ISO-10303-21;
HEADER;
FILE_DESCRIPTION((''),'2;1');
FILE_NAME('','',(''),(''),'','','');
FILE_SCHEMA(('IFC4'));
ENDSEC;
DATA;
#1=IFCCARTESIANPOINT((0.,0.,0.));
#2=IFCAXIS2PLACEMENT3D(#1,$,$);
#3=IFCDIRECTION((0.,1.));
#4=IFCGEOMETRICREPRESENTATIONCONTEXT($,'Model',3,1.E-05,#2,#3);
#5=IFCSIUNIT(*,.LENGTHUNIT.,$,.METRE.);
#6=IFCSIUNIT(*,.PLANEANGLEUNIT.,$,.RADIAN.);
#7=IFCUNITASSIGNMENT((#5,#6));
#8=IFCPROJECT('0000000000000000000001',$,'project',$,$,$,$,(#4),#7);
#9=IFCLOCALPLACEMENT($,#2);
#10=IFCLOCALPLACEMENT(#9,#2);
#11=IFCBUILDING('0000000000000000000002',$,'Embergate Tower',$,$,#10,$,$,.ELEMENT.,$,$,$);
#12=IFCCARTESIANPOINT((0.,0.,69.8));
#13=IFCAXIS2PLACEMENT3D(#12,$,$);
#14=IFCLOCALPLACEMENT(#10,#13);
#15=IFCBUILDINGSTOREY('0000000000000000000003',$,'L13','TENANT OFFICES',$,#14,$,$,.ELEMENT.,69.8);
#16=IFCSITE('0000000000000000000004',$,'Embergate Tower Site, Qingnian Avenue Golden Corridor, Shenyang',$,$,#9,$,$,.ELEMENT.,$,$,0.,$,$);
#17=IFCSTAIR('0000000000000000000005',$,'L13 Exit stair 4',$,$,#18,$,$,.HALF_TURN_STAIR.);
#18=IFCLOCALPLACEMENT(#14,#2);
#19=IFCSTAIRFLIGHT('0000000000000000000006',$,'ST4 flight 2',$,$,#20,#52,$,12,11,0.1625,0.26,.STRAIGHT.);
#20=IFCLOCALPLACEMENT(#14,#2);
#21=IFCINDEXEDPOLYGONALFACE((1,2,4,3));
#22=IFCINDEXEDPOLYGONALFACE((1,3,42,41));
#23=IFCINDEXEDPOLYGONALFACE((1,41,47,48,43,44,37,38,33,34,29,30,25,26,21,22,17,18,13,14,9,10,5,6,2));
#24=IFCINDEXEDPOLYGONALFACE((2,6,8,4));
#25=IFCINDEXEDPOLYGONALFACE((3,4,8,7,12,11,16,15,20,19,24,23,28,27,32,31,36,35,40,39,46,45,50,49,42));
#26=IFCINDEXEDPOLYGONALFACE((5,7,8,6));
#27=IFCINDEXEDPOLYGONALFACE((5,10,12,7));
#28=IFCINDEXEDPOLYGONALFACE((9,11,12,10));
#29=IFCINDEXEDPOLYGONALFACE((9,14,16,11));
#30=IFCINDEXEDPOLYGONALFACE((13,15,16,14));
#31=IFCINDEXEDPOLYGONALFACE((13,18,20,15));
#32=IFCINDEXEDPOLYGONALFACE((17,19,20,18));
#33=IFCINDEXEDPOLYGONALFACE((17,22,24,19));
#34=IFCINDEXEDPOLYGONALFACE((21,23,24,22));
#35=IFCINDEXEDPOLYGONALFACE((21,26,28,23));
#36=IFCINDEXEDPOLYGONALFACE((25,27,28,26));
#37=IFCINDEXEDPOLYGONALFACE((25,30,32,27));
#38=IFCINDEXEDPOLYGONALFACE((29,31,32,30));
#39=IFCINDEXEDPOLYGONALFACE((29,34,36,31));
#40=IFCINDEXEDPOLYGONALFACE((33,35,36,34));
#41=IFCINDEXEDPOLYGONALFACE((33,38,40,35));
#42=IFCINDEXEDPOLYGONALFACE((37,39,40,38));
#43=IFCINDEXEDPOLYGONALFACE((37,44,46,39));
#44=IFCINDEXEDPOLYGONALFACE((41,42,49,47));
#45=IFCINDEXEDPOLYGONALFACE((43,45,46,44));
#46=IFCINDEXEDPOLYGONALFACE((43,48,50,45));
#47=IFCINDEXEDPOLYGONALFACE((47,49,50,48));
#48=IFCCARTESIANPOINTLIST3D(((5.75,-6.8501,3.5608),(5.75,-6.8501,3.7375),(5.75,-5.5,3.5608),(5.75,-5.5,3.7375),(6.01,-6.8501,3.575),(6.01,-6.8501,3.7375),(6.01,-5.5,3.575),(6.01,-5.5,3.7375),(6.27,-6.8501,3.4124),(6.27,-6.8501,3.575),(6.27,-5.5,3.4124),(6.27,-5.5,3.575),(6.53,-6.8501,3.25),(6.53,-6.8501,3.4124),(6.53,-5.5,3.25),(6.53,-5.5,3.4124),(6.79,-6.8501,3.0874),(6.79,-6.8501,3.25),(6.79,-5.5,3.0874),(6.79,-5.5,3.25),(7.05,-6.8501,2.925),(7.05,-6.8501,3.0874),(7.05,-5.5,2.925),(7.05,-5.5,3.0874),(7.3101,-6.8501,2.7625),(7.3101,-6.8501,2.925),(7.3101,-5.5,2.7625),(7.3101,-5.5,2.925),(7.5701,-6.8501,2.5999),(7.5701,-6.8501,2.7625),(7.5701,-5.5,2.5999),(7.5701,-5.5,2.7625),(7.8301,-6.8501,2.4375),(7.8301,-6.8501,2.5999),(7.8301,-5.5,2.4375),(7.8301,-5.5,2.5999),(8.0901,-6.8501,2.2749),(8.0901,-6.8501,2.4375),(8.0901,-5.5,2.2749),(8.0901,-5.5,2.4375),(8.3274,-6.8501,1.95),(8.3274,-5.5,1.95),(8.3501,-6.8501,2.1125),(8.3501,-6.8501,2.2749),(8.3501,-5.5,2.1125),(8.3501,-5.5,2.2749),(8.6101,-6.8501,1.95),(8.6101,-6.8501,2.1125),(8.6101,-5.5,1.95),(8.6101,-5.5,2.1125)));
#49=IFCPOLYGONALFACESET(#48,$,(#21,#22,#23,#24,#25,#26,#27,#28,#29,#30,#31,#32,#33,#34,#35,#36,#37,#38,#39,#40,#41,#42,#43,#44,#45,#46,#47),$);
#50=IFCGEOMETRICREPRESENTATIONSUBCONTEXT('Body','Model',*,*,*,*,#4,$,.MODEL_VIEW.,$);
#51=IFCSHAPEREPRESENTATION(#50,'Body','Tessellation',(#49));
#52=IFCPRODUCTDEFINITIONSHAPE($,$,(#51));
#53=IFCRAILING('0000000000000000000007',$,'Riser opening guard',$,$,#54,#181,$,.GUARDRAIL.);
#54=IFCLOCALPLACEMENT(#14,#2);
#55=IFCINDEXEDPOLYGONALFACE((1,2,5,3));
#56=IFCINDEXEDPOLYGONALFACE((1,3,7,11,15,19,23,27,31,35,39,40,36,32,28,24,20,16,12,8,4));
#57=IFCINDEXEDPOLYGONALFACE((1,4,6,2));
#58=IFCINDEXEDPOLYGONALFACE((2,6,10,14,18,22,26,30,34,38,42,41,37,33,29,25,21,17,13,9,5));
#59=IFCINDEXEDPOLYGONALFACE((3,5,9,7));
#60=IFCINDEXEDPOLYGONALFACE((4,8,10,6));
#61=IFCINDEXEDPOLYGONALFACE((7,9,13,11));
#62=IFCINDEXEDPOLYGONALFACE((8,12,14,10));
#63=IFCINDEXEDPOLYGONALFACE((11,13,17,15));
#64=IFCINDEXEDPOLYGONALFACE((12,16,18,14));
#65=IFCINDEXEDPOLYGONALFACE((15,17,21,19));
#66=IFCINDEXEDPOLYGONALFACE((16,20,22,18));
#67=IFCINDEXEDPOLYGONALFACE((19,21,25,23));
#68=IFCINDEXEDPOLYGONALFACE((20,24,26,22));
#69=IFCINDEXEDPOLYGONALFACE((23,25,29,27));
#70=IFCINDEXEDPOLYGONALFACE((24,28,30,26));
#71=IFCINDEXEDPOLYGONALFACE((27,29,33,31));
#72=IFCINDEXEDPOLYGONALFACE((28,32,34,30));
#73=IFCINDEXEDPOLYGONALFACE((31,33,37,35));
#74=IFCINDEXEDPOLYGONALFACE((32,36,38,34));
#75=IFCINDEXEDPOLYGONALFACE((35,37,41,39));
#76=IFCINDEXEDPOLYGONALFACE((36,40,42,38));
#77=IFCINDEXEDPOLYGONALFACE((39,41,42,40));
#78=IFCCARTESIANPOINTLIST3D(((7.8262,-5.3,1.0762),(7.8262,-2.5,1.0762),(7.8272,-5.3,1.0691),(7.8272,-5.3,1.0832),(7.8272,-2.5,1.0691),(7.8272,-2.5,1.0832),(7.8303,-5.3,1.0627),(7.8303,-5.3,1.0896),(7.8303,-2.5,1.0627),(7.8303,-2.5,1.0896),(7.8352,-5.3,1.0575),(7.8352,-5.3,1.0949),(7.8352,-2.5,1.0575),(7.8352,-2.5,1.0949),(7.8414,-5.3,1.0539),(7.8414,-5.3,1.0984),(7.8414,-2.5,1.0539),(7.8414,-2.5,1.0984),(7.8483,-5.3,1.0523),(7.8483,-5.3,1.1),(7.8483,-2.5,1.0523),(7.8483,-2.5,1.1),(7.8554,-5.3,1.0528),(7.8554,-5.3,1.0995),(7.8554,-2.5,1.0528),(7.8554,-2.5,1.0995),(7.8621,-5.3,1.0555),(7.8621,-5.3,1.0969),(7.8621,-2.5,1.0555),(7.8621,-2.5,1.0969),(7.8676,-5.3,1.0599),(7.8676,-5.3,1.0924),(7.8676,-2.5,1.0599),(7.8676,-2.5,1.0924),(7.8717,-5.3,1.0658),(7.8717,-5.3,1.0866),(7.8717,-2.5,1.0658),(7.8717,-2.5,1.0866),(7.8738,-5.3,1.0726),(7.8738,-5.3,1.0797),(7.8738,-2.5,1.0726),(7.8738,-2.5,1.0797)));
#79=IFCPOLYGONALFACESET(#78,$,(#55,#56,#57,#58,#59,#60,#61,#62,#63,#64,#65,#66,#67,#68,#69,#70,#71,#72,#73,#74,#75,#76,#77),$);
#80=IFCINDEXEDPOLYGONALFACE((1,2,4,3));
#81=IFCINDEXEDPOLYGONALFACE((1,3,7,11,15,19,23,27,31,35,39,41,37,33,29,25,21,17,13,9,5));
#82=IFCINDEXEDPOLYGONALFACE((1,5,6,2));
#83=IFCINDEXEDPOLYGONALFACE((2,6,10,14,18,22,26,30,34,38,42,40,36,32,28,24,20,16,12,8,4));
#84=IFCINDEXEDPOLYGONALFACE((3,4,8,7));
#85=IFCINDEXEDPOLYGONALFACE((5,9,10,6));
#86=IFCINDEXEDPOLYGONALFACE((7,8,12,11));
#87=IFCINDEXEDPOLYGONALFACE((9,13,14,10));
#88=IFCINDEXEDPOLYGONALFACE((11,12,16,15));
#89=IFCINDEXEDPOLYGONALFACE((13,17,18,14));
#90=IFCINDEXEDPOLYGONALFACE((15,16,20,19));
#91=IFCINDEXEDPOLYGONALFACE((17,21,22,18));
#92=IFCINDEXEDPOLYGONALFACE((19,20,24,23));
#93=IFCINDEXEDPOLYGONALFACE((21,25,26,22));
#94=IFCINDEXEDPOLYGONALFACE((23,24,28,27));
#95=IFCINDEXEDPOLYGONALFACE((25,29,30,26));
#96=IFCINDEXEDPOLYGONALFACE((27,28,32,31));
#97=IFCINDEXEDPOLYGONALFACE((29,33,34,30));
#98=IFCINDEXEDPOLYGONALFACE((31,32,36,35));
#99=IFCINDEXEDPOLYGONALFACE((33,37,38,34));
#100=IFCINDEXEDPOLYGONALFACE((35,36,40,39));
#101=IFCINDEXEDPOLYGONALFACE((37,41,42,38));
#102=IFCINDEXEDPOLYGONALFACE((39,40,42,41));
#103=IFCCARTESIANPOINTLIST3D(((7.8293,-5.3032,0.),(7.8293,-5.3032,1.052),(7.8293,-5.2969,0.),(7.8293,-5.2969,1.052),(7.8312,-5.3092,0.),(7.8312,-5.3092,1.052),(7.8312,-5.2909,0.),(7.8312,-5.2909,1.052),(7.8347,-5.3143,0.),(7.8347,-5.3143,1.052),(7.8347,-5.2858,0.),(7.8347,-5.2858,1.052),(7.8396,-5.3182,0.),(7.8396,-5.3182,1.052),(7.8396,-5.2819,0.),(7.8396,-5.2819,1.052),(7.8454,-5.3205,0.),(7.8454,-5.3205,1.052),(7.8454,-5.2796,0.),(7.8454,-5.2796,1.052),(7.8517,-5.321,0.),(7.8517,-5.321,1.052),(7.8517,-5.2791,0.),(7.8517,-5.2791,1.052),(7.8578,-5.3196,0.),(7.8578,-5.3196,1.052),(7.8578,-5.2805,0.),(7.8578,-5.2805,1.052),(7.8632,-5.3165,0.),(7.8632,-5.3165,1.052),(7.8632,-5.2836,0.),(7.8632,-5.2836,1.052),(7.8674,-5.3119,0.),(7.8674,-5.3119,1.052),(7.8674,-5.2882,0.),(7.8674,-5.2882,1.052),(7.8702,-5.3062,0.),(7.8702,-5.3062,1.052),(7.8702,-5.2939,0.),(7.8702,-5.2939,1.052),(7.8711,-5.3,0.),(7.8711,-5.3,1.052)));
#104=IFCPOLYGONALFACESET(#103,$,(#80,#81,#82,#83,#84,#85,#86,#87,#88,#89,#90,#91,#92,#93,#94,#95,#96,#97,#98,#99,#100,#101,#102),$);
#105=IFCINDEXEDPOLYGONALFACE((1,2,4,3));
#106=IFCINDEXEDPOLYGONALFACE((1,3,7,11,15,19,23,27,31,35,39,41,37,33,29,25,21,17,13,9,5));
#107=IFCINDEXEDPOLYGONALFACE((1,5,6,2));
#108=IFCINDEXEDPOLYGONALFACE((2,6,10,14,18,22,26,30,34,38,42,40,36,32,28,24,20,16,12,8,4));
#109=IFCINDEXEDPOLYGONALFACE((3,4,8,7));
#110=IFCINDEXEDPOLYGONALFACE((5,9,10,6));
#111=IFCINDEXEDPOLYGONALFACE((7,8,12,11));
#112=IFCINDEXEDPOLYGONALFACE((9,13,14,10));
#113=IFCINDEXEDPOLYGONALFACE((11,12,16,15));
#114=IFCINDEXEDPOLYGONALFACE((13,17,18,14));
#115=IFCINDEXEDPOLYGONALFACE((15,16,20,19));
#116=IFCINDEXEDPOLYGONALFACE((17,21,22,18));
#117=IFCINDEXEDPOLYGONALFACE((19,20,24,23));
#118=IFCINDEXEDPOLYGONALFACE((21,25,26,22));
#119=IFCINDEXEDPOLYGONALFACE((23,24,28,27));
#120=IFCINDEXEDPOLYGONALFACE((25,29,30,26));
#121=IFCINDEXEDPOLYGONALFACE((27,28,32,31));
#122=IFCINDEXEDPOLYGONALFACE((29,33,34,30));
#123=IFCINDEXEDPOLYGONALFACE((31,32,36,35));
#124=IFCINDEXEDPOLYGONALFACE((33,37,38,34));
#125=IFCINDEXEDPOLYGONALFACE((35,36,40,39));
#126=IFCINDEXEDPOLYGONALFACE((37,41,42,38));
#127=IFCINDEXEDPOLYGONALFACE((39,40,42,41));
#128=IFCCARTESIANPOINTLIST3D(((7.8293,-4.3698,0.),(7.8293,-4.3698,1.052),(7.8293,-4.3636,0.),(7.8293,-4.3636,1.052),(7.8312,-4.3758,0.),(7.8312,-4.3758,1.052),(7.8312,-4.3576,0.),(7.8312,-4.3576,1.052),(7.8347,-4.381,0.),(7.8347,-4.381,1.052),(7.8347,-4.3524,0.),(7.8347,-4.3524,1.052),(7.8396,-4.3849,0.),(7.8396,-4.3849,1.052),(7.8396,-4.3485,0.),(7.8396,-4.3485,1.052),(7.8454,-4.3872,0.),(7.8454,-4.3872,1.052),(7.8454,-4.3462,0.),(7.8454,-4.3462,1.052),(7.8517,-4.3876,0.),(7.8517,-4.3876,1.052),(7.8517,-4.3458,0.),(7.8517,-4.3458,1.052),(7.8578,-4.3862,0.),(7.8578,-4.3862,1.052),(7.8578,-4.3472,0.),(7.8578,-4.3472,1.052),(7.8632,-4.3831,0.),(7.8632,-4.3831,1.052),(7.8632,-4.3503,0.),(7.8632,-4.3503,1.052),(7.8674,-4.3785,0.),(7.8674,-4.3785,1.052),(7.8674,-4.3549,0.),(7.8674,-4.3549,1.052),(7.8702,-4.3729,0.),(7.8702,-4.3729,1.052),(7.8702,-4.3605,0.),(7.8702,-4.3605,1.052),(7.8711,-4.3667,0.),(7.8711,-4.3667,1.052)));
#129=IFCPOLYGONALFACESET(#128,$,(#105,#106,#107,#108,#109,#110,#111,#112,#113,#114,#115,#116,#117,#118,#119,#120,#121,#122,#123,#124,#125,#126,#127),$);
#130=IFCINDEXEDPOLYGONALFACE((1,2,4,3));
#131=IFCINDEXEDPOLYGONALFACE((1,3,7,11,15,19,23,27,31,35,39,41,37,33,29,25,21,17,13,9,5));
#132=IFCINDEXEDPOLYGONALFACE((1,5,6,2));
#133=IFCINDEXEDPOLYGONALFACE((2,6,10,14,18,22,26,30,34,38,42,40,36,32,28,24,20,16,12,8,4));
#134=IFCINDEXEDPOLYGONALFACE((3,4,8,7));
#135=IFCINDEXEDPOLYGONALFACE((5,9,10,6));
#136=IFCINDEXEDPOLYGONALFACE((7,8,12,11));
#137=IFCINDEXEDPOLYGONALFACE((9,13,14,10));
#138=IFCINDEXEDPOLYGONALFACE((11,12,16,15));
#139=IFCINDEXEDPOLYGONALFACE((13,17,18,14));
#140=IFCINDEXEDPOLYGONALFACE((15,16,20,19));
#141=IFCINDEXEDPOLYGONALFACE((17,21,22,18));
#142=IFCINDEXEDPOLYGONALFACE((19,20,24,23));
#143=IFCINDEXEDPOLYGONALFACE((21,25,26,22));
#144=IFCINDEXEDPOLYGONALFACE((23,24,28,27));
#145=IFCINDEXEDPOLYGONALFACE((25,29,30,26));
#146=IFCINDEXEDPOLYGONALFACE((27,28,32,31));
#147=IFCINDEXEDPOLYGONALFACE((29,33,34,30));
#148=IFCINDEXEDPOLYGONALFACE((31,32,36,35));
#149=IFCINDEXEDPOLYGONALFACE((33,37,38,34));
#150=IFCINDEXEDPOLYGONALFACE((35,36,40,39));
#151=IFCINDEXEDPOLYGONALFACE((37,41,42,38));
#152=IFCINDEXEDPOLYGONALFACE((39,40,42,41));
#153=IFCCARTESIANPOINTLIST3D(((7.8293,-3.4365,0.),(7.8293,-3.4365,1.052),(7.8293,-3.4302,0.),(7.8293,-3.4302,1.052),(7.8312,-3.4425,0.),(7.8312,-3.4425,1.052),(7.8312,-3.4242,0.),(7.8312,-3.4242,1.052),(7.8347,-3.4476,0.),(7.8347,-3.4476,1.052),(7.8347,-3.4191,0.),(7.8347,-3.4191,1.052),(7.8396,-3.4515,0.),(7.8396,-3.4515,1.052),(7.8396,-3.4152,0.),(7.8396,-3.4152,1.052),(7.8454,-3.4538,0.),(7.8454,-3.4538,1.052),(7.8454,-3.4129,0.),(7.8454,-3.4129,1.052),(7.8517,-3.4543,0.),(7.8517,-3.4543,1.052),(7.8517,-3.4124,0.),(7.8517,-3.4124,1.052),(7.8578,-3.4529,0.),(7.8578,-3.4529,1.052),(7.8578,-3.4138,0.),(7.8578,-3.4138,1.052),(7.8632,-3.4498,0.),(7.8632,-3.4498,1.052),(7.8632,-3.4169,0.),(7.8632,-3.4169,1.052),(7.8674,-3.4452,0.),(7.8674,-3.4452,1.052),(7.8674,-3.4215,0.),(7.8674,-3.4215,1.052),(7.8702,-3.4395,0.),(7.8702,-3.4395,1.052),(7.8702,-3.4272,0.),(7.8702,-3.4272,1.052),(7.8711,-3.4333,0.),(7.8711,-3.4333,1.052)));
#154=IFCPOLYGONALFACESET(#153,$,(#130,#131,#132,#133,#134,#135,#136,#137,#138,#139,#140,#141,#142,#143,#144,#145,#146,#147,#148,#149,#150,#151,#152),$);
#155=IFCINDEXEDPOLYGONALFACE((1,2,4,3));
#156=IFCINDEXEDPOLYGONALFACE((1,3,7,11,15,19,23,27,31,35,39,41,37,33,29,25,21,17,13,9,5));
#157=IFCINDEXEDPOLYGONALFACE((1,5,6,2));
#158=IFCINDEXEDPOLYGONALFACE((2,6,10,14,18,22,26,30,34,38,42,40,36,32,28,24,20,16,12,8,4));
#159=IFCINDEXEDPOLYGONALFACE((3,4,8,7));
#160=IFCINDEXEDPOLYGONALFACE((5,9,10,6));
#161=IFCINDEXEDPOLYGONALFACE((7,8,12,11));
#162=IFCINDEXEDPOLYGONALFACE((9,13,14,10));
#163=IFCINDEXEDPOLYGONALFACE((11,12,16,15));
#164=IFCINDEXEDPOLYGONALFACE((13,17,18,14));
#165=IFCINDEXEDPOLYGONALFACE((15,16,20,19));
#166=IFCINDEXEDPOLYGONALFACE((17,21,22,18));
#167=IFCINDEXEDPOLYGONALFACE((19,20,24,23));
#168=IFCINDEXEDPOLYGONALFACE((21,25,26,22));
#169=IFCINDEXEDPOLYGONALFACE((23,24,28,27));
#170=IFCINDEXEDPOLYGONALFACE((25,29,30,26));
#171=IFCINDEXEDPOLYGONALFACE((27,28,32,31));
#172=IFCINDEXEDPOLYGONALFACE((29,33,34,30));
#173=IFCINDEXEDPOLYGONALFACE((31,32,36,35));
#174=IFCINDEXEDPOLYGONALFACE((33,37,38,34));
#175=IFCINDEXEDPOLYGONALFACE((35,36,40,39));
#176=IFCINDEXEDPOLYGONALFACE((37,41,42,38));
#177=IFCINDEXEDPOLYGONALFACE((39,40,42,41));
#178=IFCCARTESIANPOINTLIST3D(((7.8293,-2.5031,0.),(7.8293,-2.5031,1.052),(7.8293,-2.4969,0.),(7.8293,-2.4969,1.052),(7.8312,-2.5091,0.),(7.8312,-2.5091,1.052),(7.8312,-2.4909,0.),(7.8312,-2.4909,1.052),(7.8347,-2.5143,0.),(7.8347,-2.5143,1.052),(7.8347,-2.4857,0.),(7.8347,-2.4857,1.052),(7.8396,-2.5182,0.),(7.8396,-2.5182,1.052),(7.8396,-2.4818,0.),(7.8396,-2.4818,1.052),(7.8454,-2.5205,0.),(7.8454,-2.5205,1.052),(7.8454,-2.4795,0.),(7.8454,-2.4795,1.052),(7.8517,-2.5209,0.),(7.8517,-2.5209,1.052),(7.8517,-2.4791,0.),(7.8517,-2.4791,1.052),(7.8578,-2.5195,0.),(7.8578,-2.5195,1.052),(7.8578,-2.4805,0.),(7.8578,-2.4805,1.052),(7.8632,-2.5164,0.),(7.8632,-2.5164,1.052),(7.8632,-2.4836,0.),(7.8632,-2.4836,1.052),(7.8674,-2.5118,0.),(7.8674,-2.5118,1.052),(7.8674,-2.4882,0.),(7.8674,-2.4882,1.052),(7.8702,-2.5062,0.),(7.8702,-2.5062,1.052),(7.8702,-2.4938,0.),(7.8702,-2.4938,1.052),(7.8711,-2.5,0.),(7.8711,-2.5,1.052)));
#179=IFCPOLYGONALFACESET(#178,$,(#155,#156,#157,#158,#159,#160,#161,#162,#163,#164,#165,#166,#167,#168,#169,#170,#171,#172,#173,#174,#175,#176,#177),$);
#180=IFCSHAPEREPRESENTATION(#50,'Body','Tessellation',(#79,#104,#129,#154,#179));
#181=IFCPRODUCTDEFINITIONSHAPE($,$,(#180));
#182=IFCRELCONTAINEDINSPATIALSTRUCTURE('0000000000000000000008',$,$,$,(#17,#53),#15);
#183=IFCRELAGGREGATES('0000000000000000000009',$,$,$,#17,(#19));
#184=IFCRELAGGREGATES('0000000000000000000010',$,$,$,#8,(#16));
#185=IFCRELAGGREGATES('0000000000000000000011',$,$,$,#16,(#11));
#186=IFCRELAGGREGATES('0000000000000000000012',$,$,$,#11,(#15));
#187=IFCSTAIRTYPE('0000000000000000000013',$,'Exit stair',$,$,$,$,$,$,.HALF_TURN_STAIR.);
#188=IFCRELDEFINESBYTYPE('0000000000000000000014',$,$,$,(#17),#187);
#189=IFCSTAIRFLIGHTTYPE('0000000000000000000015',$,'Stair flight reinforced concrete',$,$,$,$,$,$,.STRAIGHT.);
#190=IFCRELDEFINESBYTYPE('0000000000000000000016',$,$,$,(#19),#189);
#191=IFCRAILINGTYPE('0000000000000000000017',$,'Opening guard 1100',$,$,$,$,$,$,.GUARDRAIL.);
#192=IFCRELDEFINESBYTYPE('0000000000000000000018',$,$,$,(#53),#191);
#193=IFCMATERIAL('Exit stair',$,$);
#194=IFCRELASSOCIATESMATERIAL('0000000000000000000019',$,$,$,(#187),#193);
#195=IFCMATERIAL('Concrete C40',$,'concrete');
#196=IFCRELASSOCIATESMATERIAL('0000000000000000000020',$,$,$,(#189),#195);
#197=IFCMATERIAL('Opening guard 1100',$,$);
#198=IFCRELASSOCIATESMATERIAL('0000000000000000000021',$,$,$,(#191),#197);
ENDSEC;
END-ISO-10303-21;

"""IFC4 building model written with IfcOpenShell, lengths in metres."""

from ifc_helpers import new_model, si_unit, direction, frame, origin, origin_2d, place, context, subcontext, project, spatial, polyline, circle, outline, extrude, source, transform, mapped, material, type_object, element, aggregate, save


model = new_model("IFC4")

# Units and contexts
model_context = context("Model", 3, precision=1e-05, world=origin(), true_north=direction((0.0, 1.0)))
body_context = subcontext(model_context, "Body", "Model", "MODEL_VIEW")
ifc_project = project(units=[si_unit("LENGTHUNIT", "METRE"), si_unit("PLANEANGLEUNIT", "RADIAN")], contexts=[model_context])

# Site, building, storey
site_placement = place(None, origin())
site = spatial("IfcSite", under=ifc_project, at=site_placement, Name="Embergate Tower Site, Qingnian Avenue Golden Corridor, Shenyang", CompositionType="ELEMENT", RefElevation=0.0)
building_placement = place(site_placement, origin())
building = spatial("IfcBuilding", under=site, at=building_placement, Name="Embergate Tower", CompositionType="ELEMENT")
storey_placement = place(building_placement, frame((0.0, 0.0, 69.8)))
storey = spatial("IfcBuildingStorey", under=building, at=storey_placement, Name="L13", Description="TENANT OFFICES", CompositionType="ELEMENT", Elevation=69.8)

# Stair
ifc_material_1 = material(Name="Exit stair")
stair_type = type_object("IfcStairType", Name="Exit stair", PredefinedType="HALF_TURN_STAIR", material=ifc_material_1)
stair_placement = place(storey_placement, origin())
stair = element("IfcStair", 1, at=stair_placement, inside=storey, type_object=stair_type, Name="L13 Exit stair 4", PredefinedType="HALF_TURN_STAIR")
ifc_material_2 = material(Name="Concrete C40", Category="concrete")

# Stair flight
stair_flight_type = type_object("IfcStairFlightType", Name="Stair flight reinforced concrete", PredefinedType="STRAIGHT", material=ifc_material_2)
shared_shape_1 = source(origin(), body_context, "Body", "SweptSolid", [
    extrude(outline(polyline([(0.0, 0.0), (0.0, 0.1626), (0.26, 0.1626), (0.26, 0.325), (0.52, 0.325), (0.52, 0.4875), (0.78, 0.4875), (0.78, 0.6499), (1.04, 0.6499), (1.04, 0.8125), (1.3, 0.8125), (1.3, 0.9751), (1.5601, 0.9751), (1.5601, 1.1375), (1.8201, 1.1375), (1.8201, 1.3), (2.0801, 1.3), (2.0801, 1.4624), (2.3401, 1.4624), (2.3401, 1.625), (2.6001, 1.625), (2.6001, 1.7876), (2.8601, 1.7876), (2.8601, 1.95), (2.8601, 1.6108), (0.2827, 0.0), (0.0, 0.0)])), frame((0.0, 0.675, 0.0), z_axis=(0.0, -1.0, 0.0), x_axis=(1.0, 0.0, 0.0)), (0.0, 0.0, 1.0), 1.3501),
])
stair_flight_placement = place(storey_placement, frame((8.6101, -6.175, 1.95), z_axis=(0.0, 0.0, 1.0), x_axis=(-1.0, 0.0, 0.0)))
stair_flight = element("IfcStairFlight", 2, at=stair_flight_placement, type_object=stair_flight_type, Name="ST4 flight 2", NumberOfRisers=12, NumberOfTreads=11, PredefinedType="STRAIGHT", RiserHeight=0.1625, TreadLength=0.26, context=body_context, shape_type="MappedRepresentation", body=[
    mapped(shared_shape_1, transform((0.0, 0.0, 0.0))),
])
aggregate(stair, [stair_flight])

# Railing
ifc_material_3 = material(Name="Opening guard 1100")
railing_type = type_object("IfcRailingType", Name="Opening guard 1100", PredefinedType="GUARDRAIL", material=ifc_material_3)
shared_shape_2 = source(origin(), body_context, "Body", "SweptSolid", [
    extrude(circle(Radius=0.0239, at=origin_2d()), frame((0.0, 0.0, 1.0762), z_axis=(0.0, 1.0, 0.0), x_axis=(-1.0, 0.0, 0.0)), (0.0, 0.0, 1.0), 2.8),
    extrude(circle(Radius=0.021, at=origin_2d()), origin(), (0.0, 0.0, 1.0), 1.052),
    extrude(circle(Radius=0.021, at=origin_2d()), frame((0.0, 0.9333, 0.0)), (0.0, 0.0, 1.0), 1.052),
    extrude(circle(Radius=0.021, at=origin_2d()), frame((0.0, 1.8667, 0.0)), (0.0, 0.0, 1.0), 1.052),
    extrude(circle(Radius=0.021, at=origin_2d()), frame((0.0, 2.8, 0.0)), (0.0, 0.0, 1.0), 1.052),
])
railing_placement = place(storey_placement, frame((7.8501, -5.3, 0.0)))
element("IfcRailing", 3, at=railing_placement, inside=storey, type_object=railing_type, Name="Riser opening guard", PredefinedType="GUARDRAIL", context=body_context, shape_type="MappedRepresentation", body=[
    mapped(shared_shape_2, transform((0.0, 0.0, 0.0))),
])

save(model, "model.ifc")
